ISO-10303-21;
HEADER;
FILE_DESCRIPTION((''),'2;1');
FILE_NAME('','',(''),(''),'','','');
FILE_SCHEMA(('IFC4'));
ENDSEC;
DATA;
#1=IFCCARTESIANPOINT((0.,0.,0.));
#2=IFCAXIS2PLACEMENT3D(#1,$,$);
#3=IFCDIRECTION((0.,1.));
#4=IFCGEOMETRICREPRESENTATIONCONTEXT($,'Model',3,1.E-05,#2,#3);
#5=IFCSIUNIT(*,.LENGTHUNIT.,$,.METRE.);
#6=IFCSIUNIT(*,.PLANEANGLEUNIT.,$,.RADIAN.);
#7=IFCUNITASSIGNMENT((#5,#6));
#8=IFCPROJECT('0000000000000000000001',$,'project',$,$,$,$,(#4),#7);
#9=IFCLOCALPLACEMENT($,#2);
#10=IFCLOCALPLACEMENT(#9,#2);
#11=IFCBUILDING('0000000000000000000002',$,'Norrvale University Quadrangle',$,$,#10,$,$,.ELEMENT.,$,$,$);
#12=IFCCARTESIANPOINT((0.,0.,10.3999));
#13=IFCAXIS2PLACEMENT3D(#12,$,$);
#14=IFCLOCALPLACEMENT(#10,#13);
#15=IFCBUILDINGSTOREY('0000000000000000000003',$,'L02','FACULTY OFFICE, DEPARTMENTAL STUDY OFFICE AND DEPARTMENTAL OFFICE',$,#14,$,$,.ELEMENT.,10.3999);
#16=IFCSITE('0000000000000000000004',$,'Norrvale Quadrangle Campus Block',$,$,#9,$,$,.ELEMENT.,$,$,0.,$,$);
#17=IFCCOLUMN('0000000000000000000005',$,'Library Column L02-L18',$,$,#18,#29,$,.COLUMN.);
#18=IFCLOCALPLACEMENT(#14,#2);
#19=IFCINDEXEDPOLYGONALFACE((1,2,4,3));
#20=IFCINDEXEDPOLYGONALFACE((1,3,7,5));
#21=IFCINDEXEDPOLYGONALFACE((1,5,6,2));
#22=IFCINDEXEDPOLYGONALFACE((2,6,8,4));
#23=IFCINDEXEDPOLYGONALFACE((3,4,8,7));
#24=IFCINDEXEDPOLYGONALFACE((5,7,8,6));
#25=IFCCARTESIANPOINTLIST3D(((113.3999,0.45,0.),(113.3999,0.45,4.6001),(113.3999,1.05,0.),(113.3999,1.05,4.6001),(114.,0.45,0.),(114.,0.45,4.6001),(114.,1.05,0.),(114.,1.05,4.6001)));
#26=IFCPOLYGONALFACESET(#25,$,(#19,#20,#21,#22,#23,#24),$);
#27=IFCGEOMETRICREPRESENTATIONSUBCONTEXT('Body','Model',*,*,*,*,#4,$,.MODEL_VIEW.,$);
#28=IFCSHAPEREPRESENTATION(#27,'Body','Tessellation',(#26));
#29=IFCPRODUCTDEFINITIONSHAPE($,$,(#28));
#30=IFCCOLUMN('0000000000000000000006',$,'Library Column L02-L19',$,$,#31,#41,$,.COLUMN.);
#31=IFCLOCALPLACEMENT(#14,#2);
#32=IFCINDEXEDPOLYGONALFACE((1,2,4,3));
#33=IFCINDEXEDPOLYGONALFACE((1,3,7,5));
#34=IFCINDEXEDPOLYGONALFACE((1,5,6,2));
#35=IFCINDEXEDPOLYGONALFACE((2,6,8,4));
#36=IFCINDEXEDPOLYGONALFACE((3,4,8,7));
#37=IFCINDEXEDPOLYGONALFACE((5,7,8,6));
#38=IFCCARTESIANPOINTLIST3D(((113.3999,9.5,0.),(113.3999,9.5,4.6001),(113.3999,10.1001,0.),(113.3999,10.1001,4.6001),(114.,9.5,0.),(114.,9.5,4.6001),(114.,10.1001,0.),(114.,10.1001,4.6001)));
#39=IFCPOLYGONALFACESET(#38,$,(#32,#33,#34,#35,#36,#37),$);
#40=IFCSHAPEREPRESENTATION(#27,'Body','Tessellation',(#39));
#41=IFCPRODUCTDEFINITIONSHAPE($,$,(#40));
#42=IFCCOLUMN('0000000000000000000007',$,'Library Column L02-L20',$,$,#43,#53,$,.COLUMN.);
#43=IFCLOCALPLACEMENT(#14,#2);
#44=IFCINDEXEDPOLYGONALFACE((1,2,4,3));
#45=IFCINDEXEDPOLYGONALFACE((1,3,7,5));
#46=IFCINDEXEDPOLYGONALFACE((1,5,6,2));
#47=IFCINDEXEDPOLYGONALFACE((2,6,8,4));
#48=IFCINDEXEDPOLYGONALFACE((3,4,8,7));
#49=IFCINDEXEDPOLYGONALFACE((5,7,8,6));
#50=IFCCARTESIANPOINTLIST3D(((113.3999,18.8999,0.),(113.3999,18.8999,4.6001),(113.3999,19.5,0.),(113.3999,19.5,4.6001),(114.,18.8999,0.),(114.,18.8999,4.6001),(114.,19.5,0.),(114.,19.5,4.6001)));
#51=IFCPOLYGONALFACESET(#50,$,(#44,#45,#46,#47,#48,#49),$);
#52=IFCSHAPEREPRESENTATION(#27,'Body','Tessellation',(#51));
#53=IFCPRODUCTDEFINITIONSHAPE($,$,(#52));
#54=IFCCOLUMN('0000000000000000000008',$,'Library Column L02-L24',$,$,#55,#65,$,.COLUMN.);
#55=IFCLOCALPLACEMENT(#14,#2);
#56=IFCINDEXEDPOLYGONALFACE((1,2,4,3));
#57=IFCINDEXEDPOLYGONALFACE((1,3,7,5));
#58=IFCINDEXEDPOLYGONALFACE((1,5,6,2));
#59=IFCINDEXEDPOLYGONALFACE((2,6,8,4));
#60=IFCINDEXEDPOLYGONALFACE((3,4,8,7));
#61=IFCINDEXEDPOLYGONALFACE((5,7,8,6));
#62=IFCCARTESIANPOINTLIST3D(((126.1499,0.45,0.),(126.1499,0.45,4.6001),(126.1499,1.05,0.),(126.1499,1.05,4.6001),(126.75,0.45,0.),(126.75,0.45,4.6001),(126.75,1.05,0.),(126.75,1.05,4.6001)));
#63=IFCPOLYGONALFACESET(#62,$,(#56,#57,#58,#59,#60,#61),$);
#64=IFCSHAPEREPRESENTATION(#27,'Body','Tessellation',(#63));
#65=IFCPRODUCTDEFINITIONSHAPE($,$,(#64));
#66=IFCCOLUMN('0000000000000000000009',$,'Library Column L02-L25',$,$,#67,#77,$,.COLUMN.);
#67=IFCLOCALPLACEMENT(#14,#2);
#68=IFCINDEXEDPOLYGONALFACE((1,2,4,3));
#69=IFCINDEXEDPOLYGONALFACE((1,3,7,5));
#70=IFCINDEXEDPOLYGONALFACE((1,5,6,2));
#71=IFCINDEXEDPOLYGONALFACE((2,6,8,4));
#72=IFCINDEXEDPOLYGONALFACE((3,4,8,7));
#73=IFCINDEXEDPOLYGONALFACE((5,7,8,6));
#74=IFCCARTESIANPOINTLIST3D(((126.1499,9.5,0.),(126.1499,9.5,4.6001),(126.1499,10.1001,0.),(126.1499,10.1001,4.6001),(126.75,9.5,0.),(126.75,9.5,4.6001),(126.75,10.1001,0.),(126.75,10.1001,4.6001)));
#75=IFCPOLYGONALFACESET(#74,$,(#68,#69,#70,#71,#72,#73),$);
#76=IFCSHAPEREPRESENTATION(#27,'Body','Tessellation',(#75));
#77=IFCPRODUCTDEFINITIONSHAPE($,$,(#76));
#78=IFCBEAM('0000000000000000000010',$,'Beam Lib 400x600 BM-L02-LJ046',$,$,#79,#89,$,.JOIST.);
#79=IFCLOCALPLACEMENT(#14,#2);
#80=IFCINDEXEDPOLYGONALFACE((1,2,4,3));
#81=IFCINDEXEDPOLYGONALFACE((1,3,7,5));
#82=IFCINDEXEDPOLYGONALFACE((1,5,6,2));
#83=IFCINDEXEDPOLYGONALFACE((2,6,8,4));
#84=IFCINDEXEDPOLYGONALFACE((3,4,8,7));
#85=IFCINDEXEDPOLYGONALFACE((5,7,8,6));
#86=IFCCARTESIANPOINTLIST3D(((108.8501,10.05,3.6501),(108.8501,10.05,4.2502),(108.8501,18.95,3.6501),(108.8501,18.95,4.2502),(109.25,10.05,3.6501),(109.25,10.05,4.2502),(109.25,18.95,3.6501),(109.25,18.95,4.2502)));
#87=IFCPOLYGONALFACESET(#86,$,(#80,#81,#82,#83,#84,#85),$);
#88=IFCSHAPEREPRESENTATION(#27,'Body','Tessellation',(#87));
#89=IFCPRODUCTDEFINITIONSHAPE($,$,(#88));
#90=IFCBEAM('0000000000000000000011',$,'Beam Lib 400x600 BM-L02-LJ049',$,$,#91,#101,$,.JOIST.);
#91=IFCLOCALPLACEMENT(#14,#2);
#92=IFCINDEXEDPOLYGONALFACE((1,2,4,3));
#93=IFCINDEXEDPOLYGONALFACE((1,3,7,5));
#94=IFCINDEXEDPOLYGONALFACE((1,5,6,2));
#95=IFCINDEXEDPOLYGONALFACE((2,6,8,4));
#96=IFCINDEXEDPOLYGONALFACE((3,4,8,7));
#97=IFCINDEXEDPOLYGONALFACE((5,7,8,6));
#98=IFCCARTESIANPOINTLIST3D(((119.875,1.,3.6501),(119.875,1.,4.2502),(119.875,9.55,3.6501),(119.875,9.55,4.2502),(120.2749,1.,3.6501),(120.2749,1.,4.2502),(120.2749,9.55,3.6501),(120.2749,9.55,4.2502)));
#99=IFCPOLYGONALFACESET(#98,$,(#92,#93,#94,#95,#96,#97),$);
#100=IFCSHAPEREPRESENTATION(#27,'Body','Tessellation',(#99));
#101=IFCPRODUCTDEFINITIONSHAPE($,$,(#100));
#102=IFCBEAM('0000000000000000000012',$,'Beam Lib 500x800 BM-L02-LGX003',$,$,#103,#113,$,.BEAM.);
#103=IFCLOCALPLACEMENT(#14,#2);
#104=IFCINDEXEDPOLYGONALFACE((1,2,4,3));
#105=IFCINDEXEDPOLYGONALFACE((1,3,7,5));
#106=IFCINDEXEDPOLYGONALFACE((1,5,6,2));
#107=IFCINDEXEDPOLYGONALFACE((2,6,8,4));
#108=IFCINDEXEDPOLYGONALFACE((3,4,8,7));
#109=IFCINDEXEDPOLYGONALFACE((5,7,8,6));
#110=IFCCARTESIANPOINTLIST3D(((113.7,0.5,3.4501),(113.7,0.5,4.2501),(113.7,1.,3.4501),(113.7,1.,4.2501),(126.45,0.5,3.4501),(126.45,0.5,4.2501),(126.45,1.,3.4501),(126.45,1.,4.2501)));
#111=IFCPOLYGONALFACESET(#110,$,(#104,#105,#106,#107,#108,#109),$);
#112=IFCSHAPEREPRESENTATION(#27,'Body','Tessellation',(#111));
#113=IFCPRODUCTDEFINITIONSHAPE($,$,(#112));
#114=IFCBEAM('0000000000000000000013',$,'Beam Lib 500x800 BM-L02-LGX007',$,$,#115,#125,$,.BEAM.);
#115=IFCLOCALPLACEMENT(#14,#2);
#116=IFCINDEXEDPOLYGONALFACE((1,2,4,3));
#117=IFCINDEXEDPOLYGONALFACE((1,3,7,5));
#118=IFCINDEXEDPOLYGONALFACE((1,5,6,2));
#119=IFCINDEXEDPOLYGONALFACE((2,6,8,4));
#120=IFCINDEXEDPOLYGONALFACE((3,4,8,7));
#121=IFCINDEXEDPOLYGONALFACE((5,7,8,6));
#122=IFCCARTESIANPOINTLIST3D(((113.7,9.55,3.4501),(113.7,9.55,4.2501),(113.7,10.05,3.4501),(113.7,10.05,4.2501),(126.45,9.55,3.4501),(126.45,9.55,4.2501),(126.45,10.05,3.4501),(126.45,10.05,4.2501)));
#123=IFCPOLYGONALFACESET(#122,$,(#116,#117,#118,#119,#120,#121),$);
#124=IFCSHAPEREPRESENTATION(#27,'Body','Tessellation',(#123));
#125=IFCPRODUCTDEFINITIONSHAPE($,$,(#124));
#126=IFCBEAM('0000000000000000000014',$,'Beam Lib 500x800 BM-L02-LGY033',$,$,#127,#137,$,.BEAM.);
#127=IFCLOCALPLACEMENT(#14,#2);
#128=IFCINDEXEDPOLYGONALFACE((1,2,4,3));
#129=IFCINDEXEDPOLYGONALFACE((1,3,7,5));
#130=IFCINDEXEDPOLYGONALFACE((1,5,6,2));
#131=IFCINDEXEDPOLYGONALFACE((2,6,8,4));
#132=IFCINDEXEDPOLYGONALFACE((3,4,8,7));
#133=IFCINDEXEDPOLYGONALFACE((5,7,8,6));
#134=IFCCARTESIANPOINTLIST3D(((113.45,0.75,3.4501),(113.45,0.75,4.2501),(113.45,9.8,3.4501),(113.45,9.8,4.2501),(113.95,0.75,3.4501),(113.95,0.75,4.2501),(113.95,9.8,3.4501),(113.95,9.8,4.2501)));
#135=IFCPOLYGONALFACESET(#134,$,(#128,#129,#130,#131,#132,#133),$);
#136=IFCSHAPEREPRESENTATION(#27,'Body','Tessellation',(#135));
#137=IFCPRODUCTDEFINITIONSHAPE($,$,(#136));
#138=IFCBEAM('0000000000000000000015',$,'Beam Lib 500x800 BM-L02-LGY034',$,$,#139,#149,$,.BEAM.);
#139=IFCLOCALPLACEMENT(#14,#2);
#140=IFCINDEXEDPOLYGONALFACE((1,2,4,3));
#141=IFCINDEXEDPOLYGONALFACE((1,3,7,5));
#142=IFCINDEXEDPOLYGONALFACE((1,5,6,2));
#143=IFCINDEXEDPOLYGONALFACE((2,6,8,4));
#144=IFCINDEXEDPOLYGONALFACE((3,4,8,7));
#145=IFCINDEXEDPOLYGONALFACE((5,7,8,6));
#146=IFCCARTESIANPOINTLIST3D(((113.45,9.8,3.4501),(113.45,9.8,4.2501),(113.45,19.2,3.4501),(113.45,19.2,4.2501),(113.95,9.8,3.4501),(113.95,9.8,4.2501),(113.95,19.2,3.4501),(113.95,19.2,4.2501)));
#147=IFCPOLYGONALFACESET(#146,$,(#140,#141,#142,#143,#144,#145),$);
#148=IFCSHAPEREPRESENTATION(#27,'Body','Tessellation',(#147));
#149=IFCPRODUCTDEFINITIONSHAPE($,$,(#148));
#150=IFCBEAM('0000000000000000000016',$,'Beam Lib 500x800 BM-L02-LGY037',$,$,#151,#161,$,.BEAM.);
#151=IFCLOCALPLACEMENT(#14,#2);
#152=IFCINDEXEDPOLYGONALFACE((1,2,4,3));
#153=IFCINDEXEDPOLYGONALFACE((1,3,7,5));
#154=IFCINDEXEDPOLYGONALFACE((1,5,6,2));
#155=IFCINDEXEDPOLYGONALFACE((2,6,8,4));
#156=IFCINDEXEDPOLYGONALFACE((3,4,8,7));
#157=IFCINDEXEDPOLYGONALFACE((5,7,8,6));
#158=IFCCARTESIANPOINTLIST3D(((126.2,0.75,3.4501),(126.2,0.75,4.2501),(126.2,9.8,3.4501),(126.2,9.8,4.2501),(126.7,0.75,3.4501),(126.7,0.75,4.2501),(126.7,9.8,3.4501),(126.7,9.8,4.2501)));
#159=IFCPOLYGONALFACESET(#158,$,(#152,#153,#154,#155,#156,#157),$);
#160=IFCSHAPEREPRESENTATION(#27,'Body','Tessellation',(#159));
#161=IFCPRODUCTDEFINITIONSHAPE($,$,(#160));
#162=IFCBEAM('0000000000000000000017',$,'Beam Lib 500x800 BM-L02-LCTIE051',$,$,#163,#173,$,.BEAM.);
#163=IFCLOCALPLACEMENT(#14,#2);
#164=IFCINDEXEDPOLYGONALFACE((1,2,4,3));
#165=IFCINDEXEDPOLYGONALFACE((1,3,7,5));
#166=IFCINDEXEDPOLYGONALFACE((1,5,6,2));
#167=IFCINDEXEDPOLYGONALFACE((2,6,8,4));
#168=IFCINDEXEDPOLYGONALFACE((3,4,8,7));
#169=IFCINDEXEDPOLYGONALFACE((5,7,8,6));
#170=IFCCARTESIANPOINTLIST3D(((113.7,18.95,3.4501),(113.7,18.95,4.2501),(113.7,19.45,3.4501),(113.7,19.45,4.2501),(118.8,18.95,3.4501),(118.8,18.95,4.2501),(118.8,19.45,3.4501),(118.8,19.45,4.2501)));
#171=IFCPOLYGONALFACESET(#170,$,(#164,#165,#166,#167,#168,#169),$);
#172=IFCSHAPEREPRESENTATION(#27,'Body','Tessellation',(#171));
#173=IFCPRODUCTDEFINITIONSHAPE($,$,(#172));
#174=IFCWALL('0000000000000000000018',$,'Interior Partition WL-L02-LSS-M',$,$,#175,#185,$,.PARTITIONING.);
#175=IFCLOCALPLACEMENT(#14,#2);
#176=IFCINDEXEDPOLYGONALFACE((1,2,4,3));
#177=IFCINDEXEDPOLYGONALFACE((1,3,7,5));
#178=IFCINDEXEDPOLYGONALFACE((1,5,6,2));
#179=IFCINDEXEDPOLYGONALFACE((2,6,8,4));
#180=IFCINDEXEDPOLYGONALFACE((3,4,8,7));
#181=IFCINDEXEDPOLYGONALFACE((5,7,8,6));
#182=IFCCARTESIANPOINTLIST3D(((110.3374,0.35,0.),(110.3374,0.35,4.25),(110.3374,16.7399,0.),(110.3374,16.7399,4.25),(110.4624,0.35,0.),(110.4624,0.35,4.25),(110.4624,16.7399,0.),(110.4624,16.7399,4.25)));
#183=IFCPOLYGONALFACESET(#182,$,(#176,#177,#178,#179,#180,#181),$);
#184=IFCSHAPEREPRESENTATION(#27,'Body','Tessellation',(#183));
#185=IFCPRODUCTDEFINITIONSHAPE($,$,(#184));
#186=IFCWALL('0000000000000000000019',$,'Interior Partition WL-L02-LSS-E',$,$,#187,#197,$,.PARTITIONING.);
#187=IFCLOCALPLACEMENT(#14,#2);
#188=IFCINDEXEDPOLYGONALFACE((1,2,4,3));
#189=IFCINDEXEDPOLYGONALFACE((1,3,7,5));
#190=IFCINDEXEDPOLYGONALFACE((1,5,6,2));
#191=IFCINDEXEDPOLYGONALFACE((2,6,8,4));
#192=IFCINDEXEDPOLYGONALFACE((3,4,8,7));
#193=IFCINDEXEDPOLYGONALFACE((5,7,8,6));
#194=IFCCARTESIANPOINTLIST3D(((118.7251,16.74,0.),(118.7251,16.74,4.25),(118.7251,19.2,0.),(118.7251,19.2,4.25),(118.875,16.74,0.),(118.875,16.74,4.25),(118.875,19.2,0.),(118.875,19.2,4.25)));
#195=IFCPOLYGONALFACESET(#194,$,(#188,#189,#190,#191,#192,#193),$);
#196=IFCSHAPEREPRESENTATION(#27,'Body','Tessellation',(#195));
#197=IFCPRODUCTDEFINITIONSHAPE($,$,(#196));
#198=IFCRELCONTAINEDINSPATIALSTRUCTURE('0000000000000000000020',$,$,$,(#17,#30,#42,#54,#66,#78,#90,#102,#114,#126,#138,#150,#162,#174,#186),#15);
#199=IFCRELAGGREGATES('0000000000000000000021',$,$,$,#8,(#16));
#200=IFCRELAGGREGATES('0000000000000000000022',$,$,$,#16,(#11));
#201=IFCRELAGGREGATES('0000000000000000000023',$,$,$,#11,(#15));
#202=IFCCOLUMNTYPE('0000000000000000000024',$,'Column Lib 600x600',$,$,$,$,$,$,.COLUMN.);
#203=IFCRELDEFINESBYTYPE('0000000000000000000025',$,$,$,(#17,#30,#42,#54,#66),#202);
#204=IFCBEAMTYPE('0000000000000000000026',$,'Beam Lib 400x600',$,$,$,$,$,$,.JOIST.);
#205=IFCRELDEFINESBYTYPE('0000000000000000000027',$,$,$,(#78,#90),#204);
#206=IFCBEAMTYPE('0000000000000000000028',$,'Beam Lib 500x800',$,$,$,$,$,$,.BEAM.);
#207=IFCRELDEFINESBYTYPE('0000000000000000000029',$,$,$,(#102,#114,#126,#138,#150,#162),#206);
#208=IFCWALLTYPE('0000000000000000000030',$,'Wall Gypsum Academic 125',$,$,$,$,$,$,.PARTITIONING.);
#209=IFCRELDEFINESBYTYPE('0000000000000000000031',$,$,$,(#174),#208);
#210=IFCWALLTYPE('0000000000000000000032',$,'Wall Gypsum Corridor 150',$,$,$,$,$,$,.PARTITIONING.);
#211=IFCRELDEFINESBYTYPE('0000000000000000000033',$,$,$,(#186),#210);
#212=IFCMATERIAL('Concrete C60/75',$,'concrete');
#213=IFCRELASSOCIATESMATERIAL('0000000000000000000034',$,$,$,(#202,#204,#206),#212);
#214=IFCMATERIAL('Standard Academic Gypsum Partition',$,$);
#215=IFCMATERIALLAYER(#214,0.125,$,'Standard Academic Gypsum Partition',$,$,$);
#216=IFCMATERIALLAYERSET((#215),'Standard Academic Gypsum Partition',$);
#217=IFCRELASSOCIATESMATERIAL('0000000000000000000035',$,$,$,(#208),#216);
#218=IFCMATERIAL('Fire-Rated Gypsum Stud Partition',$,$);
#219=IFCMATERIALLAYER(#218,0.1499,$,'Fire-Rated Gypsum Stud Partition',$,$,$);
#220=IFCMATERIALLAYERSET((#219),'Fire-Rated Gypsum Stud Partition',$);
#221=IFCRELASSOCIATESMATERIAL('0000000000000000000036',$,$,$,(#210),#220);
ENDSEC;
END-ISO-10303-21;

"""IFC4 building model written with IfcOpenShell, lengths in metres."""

from ifc_helpers import new_model, si_unit, direction, frame, frame_2d, origin, origin_2d, place, context, subcontext, project, spatial, rectangle, extrude, material, layer, layer_set, material_profile, profile_set, type_object, element, save


model = new_model("IFC4")

# Units and contexts
model_context = context("Model", 3, precision=1e-05, world=origin(), true_north=direction((0.0, 1.0)))
body_context = subcontext(model_context, "Body", "Model", "MODEL_VIEW")
ifc_project = project(units=[si_unit("LENGTHUNIT", "METRE"), si_unit("PLANEANGLEUNIT", "RADIAN")], contexts=[model_context])

# Site, building, storey
site_placement = place(None, origin())
site = spatial("IfcSite", under=ifc_project, at=site_placement, Name="Norrvale Quadrangle Campus Block", CompositionType="ELEMENT", RefElevation=0.0)
building_placement = place(site_placement, origin())
building = spatial("IfcBuilding", under=site, at=building_placement, Name="Norrvale University Quadrangle", CompositionType="ELEMENT")
storey_placement = place(building_placement, frame((0.0, 0.0, 10.3999)))
storey = spatial("IfcBuildingStorey", under=building, at=storey_placement, Name="L02", Description="FACULTY OFFICE, DEPARTMENTAL STUDY OFFICE AND DEPARTMENTAL OFFICE", CompositionType="ELEMENT", Elevation=10.3999)

# Columns
ifc_material_1 = material(Name="Concrete C60/75", Category="concrete")
ifc_material_profile_1 = material_profile(ifc_material_1, rectangle(XDim=0.6001, YDim=0.6001, at=origin_2d()), Name="Concrete C60/75")
ifc_profile_set_1 = profile_set([ifc_material_profile_1], Name="Concrete C60/75")
column_type = type_object("IfcColumnType", Name="Column Lib 600x600", PredefinedType="COLUMN", material=ifc_profile_set_1)
for number, where, z_axis, x_axis, name in (
    (1, (113.7, 0.75, 0.0), (0.0, 0.0, 1.0), (1.0, 0.0, 0.0), "Library Column L02-L18"),
    (2, (113.7, 9.8, 0.0), (0.0, 0.0, 1.0), (1.0, 0.0, 0.0), "Library Column L02-L19"),
    (3, (113.7, 19.2, 0.0), (0.0, 0.0, 1.0), (1.0, 0.0, 0.0), "Library Column L02-L20"),
    (4, (126.45, 0.75, 0.0), (0.0, 0.0, 1.0), (1.0, 0.0, 0.0), "Library Column L02-L24"),
    (5, (126.45, 9.8, 0.0), (0.0, 0.0, 1.0), (1.0, 0.0, 0.0), "Library Column L02-L25"),
):
    element("IfcColumn", number, at=place(storey_placement, frame(where, z_axis=z_axis, x_axis=x_axis)), inside=storey, type_object=column_type, Name=name, PredefinedType="COLUMN", context=body_context, shape_type="SweptSolid", body=[
        extrude(rectangle(XDim=0.6001, YDim=0.6001, at=origin_2d()), origin(), (0.0, 0.0, 1.0), 4.6001),
    ])

# Beams
ifc_material_profile_2 = material_profile(ifc_material_1, rectangle(XDim=0.3999, YDim=0.6001, at=origin_2d()), Name="Concrete C60/75")
ifc_profile_set_2 = profile_set([ifc_material_profile_2], Name="Concrete C60/75")
beam_type_1 = type_object("IfcBeamType", Name="Beam Lib 400x600", PredefinedType="JOIST", material=ifc_profile_set_2)
beam_1_placement = place(storey_placement, frame((109.05, 10.05, 3.9502), z_axis=(0.0, 1.0, 0.0), x_axis=(-1.0, 0.0, 0.0)))
element("IfcBeam", 6, at=beam_1_placement, inside=storey, type_object=beam_type_1, Name="Beam Lib 400x600 BM-L02-LJ046", PredefinedType="JOIST", context=body_context, shape_type="SweptSolid", body=[
    extrude(rectangle(XDim=0.3999, YDim=0.6001, at=origin_2d()), origin(), (0.0, 0.0, 1.0), 8.8999),
])
beam_2_placement = place(storey_placement, frame((120.075, 1.0, 3.9502), z_axis=(0.0, 1.0, 0.0), x_axis=(-1.0, 0.0, 0.0)))
element("IfcBeam", 7, at=beam_2_placement, inside=storey, type_object=beam_type_1, Name="Beam Lib 400x600 BM-L02-LJ049", PredefinedType="JOIST", context=body_context, shape_type="SweptSolid", body=[
    extrude(rectangle(XDim=0.3999, YDim=0.6001, at=origin_2d()), origin(), (0.0, 0.0, 1.0), 8.55),
])
ifc_material_profile_3 = material_profile(ifc_material_1, rectangle(XDim=0.5, YDim=0.8, at=origin_2d()), Name="Concrete C60/75")
ifc_profile_set_3 = profile_set([ifc_material_profile_3], Name="Concrete C60/75")
beam_type_2 = type_object("IfcBeamType", Name="Beam Lib 500x800", PredefinedType="BEAM", material=ifc_profile_set_3)
for number, where, z_axis, x_axis, name in (
    (8, (113.7, 0.75, 3.8501), (1.0, 0.0, 0.0), (0.0, 1.0, 0.0), "Beam Lib 500x800 BM-L02-LGX003"),
    (9, (113.7, 9.8, 3.8501), (1.0, 0.0, 0.0), (0.0, 1.0, 0.0), "Beam Lib 500x800 BM-L02-LGX007"),
):
    element("IfcBeam", number, at=place(storey_placement, frame(where, z_axis=z_axis, x_axis=x_axis)), inside=storey, type_object=beam_type_2, Name=name, PredefinedType="BEAM", context=body_context, shape_type="SweptSolid", body=[
        extrude(rectangle(XDim=0.5, YDim=0.8, at=origin_2d()), origin(), (0.0, 0.0, 1.0), 12.75),
    ])
beam_3_placement = place(storey_placement, frame((113.7, 0.75, 3.8501), z_axis=(0.0, 1.0, 0.0), x_axis=(-1.0, 0.0, 0.0)))
element("IfcBeam", 10, at=beam_3_placement, inside=storey, type_object=beam_type_2, Name="Beam Lib 500x800 BM-L02-LGY033", PredefinedType="BEAM", context=body_context, shape_type="SweptSolid", body=[
    extrude(rectangle(XDim=0.5, YDim=0.8, at=origin_2d()), origin(), (0.0, 0.0, 1.0), 9.05),
])
beam_4_placement = place(storey_placement, frame((113.7, 9.8, 3.8501), z_axis=(0.0, 1.0, 0.0), x_axis=(-1.0, 0.0, 0.0)))
element("IfcBeam", 11, at=beam_4_placement, inside=storey, type_object=beam_type_2, Name="Beam Lib 500x800 BM-L02-LGY034", PredefinedType="BEAM", context=body_context, shape_type="SweptSolid", body=[
    extrude(rectangle(XDim=0.5, YDim=0.8, at=origin_2d()), origin(), (0.0, 0.0, 1.0), 9.3999),
])
beam_5_placement = place(storey_placement, frame((126.45, 0.75, 3.8501), z_axis=(0.0, 1.0, 0.0), x_axis=(-1.0, 0.0, 0.0)))
element("IfcBeam", 12, at=beam_5_placement, inside=storey, type_object=beam_type_2, Name="Beam Lib 500x800 BM-L02-LGY037", PredefinedType="BEAM", context=body_context, shape_type="SweptSolid", body=[
    extrude(rectangle(XDim=0.5, YDim=0.8, at=origin_2d()), origin(), (0.0, 0.0, 1.0), 9.05),
])
beam_6_placement = place(storey_placement, frame((113.7, 19.2, 3.8501), z_axis=(1.0, 0.0, 0.0), x_axis=(0.0, 1.0, 0.0)))
element("IfcBeam", 13, at=beam_6_placement, inside=storey, type_object=beam_type_2, Name="Beam Lib 500x800 BM-L02-LCTIE051", PredefinedType="BEAM", context=body_context, shape_type="SweptSolid", body=[
    extrude(rectangle(XDim=0.5, YDim=0.8, at=origin_2d()), origin(), (0.0, 0.0, 1.0), 5.1001),
])

# Walls
ifc_material_2 = material(Name="Standard Academic Gypsum Partition")
ifc_layer_1 = layer(ifc_material_2, 0.125, Name="Standard Academic Gypsum Partition")
ifc_layer_set_1 = layer_set([ifc_layer_1], Name="Standard Academic Gypsum Partition")
wall_type_1 = type_object("IfcWallType", Name="Wall Gypsum Academic 125", PredefinedType="PARTITIONING", material=ifc_layer_set_1)
wall_1_placement = place(storey_placement, frame((110.3999, 0.3501, 0.0), z_axis=(0.0, 0.0, 1.0), x_axis=(0.0, 1.0, 0.0)))
element("IfcWall", 14, at=wall_1_placement, inside=storey, type_object=wall_type_1, Name="Interior Partition WL-L02-LSS-M", PredefinedType="PARTITIONING", context=body_context, shape_type="SweptSolid", body=[
    extrude(rectangle(XDim=16.3899, YDim=0.125, at=frame_2d((8.1948, 0.0))), origin(), (0.0, 0.0, 1.0), 4.25),
])
ifc_material_3 = material(Name="Fire-Rated Gypsum Stud Partition")
ifc_layer_2 = layer(ifc_material_3, 0.1499, Name="Fire-Rated Gypsum Stud Partition")
ifc_layer_set_2 = layer_set([ifc_layer_2], Name="Fire-Rated Gypsum Stud Partition")
wall_type_2 = type_object("IfcWallType", Name="Wall Gypsum Corridor 150", PredefinedType="PARTITIONING", material=ifc_layer_set_2)
wall_2_placement = place(storey_placement, frame((118.8, 16.74, 0.0), z_axis=(0.0, 0.0, 1.0), x_axis=(0.0, 1.0, 0.0)))
element("IfcWall", 15, at=wall_2_placement, inside=storey, type_object=wall_type_2, Name="Interior Partition WL-L02-LSS-E", PredefinedType="PARTITIONING", context=body_context, shape_type="SweptSolid", body=[
    extrude(rectangle(XDim=2.46, YDim=0.1499, at=frame_2d((1.23, 0.0))), origin(), (0.0, 0.0, 1.0), 4.25),
])

save(model, "model.ifc")
